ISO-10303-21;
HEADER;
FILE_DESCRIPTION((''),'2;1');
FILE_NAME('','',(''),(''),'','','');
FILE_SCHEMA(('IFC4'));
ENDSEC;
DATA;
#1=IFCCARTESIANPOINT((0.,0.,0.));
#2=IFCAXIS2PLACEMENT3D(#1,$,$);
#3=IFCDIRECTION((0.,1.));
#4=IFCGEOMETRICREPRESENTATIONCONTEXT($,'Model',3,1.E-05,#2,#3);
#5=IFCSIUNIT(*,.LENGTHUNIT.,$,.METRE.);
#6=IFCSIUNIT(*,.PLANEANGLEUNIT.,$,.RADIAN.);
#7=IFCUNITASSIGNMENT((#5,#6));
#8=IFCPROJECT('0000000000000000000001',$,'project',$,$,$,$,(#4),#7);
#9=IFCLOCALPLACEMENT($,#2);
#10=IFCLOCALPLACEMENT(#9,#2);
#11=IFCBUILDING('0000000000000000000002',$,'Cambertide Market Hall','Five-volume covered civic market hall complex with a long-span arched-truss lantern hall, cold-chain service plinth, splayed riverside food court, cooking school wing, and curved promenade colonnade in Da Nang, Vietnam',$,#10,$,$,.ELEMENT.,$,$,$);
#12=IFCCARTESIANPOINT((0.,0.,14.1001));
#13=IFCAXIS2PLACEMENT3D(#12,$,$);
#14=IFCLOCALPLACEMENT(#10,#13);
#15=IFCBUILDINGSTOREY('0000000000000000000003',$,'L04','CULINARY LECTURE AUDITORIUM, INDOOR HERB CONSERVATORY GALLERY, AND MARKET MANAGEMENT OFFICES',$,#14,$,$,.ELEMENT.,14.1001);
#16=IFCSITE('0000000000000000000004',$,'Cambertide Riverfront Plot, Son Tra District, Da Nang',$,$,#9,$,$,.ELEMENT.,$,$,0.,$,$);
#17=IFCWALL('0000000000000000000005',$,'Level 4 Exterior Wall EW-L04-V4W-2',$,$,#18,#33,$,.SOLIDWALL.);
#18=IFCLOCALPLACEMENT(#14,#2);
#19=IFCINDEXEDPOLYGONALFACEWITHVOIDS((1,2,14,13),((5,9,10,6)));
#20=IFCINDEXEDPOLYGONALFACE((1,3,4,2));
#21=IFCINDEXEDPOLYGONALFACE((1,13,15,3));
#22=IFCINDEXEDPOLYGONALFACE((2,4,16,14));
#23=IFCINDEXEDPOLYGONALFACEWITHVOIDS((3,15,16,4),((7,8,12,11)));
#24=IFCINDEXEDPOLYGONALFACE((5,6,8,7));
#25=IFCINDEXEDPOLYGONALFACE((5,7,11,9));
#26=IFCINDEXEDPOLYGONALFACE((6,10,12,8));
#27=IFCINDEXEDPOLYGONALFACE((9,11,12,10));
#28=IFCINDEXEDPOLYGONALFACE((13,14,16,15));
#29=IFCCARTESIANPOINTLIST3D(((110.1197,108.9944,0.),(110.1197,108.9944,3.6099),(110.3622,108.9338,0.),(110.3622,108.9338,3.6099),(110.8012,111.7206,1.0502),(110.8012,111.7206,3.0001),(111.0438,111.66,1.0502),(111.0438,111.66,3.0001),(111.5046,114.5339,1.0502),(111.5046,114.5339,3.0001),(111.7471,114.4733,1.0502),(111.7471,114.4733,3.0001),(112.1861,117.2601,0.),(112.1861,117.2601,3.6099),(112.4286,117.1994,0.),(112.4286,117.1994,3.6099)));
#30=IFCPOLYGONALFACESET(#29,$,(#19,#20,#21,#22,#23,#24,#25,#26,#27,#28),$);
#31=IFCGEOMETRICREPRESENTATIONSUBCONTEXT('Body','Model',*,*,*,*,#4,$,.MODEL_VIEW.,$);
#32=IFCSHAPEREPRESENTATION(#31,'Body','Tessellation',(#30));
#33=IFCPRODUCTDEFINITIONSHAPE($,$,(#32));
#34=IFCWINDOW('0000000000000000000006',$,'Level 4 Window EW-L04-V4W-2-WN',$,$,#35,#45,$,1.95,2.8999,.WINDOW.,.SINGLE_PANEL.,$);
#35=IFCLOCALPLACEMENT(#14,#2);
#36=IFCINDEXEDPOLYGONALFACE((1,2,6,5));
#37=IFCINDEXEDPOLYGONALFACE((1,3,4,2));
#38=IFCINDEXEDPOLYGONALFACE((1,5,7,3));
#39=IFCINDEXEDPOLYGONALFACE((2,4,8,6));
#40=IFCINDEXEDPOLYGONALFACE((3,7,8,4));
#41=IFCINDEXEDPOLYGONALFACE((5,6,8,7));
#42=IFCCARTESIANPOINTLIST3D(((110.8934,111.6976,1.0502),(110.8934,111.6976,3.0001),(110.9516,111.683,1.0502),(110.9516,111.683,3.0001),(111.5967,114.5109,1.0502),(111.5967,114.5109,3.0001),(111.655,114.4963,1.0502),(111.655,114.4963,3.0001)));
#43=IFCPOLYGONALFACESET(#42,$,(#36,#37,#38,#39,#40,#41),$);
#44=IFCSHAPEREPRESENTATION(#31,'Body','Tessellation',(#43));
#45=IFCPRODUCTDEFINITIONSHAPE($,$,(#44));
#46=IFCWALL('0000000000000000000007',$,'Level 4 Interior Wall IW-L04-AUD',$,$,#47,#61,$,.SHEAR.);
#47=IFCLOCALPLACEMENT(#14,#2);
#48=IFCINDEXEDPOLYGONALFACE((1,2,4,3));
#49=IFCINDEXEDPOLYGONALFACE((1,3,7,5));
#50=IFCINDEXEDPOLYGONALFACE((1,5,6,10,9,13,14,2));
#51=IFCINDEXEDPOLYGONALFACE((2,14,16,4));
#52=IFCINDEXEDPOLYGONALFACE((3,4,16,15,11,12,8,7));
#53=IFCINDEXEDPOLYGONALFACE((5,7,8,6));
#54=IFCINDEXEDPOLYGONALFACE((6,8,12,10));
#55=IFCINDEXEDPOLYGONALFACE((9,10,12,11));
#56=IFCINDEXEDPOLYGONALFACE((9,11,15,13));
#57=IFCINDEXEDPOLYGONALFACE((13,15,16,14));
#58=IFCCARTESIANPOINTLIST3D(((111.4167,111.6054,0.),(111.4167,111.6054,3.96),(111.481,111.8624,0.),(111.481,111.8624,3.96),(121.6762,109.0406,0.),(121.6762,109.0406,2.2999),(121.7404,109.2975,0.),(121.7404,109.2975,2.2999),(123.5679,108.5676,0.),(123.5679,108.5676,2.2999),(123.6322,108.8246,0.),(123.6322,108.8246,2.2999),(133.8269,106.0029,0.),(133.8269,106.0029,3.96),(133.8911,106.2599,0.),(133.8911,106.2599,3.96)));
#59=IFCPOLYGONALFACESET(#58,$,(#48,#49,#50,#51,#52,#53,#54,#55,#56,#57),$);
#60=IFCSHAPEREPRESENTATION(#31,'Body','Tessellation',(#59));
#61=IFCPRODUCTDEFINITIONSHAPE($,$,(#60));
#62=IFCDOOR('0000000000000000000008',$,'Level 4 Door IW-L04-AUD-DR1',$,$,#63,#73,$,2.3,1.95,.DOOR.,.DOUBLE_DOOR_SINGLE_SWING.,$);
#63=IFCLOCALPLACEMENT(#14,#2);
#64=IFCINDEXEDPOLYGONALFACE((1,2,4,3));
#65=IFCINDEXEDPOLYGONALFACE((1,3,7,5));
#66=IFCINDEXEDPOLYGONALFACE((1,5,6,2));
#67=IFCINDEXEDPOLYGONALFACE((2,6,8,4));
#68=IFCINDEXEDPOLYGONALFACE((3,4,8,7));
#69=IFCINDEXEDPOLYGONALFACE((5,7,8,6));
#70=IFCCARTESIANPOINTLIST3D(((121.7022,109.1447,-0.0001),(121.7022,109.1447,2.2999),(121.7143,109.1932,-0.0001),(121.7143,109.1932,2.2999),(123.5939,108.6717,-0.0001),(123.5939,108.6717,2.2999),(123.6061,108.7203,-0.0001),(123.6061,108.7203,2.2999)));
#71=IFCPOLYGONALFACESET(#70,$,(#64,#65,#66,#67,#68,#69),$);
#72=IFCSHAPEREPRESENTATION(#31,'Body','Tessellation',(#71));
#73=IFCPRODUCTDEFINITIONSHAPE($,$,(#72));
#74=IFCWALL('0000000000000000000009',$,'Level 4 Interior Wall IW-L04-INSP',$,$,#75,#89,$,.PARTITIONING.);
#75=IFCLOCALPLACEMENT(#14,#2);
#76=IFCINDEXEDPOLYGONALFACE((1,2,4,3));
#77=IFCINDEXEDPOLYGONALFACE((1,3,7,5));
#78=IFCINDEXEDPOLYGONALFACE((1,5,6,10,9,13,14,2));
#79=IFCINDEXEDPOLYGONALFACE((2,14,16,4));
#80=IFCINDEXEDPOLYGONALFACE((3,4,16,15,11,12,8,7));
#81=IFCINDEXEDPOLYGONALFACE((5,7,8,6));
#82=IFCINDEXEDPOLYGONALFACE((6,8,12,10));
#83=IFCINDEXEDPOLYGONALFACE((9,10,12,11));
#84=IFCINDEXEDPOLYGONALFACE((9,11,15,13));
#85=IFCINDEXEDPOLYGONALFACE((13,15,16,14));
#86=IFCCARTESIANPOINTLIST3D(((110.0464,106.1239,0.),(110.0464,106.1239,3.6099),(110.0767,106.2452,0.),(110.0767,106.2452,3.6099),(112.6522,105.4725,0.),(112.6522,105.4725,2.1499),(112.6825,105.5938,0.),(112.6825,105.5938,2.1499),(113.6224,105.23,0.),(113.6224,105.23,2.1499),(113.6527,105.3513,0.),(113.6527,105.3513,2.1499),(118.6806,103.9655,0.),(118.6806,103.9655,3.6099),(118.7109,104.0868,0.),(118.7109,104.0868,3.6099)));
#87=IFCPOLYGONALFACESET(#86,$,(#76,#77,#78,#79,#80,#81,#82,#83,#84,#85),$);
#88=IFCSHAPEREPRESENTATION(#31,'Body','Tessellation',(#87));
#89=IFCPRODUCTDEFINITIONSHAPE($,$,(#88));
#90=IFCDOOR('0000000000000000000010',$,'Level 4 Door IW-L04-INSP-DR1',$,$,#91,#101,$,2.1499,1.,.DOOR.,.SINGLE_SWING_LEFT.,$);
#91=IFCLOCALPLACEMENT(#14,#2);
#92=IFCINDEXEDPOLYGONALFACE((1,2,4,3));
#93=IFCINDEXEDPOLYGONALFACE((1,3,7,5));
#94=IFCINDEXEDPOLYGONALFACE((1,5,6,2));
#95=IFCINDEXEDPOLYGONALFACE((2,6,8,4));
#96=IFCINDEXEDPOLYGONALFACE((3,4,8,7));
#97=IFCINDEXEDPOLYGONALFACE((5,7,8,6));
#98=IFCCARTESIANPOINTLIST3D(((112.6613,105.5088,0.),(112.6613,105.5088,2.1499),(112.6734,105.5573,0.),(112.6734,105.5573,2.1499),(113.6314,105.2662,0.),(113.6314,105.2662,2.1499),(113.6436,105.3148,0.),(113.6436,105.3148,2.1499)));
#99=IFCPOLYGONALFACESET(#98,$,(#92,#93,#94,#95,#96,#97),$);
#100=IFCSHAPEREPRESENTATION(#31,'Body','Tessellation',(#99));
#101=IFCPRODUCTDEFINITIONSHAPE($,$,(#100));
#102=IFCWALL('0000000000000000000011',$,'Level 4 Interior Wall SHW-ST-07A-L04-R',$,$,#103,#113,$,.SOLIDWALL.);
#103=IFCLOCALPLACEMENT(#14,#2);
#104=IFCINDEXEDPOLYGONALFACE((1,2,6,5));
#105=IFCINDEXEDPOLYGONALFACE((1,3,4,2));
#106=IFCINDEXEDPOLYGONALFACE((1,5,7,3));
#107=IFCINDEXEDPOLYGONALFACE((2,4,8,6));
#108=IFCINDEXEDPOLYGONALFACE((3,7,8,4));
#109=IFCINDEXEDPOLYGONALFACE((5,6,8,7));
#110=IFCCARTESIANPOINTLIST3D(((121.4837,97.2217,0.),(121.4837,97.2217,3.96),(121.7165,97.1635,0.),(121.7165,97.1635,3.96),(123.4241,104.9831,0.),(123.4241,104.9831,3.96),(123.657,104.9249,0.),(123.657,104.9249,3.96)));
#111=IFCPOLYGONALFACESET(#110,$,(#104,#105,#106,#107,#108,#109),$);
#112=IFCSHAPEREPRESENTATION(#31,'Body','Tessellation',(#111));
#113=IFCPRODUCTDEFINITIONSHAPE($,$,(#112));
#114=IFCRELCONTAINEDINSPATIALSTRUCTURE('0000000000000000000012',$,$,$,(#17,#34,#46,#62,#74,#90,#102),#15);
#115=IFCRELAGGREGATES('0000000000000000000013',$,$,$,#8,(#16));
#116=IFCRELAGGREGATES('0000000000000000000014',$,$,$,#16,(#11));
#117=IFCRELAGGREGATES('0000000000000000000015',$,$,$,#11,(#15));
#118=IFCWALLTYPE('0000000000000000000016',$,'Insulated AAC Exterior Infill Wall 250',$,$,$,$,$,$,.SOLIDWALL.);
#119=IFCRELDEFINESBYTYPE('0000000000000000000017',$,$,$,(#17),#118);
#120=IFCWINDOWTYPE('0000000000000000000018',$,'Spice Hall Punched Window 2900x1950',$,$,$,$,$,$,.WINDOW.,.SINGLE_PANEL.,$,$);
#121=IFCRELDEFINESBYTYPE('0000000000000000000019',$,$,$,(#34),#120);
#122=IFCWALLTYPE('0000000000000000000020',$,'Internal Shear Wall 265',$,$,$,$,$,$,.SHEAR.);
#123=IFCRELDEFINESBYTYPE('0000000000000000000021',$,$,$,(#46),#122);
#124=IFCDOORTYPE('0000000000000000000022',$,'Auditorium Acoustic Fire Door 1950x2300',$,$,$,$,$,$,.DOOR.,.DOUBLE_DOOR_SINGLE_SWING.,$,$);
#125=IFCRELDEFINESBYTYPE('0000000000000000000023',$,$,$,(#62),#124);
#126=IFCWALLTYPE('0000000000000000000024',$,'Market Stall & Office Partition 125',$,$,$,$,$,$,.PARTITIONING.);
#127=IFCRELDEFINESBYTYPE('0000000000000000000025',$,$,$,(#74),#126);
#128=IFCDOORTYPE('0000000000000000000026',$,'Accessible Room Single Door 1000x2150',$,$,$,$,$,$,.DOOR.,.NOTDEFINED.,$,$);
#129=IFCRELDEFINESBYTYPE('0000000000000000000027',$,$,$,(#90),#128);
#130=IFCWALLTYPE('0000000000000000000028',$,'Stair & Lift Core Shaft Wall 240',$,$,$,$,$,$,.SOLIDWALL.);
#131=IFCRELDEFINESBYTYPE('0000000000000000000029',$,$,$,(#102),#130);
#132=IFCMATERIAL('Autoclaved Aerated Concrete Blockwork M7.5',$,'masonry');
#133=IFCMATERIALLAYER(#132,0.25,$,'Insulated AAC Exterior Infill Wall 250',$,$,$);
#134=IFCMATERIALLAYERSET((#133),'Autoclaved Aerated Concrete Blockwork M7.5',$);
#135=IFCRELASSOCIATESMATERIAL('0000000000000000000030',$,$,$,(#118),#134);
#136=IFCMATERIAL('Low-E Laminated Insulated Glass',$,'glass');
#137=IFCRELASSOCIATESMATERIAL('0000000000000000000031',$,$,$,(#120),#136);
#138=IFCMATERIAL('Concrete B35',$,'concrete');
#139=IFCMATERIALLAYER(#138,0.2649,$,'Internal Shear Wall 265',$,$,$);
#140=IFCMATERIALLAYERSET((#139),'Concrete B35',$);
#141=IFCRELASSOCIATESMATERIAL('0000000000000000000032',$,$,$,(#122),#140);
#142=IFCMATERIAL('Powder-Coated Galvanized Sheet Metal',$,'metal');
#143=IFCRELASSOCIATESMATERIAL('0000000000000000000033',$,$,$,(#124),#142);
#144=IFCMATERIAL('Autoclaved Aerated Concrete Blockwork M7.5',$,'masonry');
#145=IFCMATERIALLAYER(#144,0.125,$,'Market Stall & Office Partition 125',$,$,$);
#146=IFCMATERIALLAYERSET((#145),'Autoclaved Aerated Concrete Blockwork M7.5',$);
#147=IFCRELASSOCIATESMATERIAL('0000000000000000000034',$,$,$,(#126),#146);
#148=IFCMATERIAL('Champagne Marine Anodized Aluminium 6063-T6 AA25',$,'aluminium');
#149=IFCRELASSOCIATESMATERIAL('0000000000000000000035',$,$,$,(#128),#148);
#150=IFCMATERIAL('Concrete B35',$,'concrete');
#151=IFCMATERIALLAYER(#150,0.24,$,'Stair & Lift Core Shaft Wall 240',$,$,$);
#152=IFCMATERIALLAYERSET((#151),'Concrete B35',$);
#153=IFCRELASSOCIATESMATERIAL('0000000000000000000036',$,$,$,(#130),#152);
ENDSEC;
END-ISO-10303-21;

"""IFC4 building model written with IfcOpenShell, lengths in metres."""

from ifc_helpers import new_model, si_unit, direction, frame, frame_2d, origin, place, context, subcontext, project, spatial, rectangle, extrude, material, layer, layer_set, type_object, element, fill, save


model = new_model("IFC4")

# Units and contexts
model_context = context("Model", 3, precision=1e-05, world=origin(), true_north=direction((0.0, 1.0)))
body_context = subcontext(model_context, "Body", "Model", "MODEL_VIEW")
ifc_project = project(units=[si_unit("LENGTHUNIT", "METRE"), si_unit("PLANEANGLEUNIT", "RADIAN")], contexts=[model_context])

# Site, building, storey
site_placement = place(None, origin())
site = spatial("IfcSite", under=ifc_project, at=site_placement, Name="Cambertide Riverfront Plot, Son Tra District, Da Nang", CompositionType="ELEMENT", RefElevation=0.0)
building_placement = place(site_placement, origin())
building = spatial("IfcBuilding", under=site, at=building_placement, Name="Cambertide Market Hall", Description="Five-volume covered civic market hall complex with a long-span arched-truss lantern hall, cold-chain service plinth, splayed riverside food court, cooking school wing, and curved promenade colonnade in Da Nang, Vietnam", CompositionType="ELEMENT")
storey_placement = place(building_placement, frame((0.0, 0.0, 14.1001)))
storey = spatial("IfcBuildingStorey", under=building, at=storey_placement, Name="L04", Description="CULINARY LECTURE AUDITORIUM, INDOOR HERB CONSERVATORY GALLERY, AND MARKET MANAGEMENT OFFICES", CompositionType="ELEMENT", Elevation=14.1001)

# Wall, opening, window
ifc_material_1 = material(Name="Autoclaved Aerated Concrete Blockwork M7.5", Category="masonry")
ifc_layer_1 = layer(ifc_material_1, 0.25, Name="Insulated AAC Exterior Infill Wall 250")
ifc_layer_set_1 = layer_set([ifc_layer_1], Name="Autoclaved Aerated Concrete Blockwork M7.5")
wall_type_1 = type_object("IfcWallType", Name="Insulated AAC Exterior Infill Wall 250", PredefinedType="SOLIDWALL", material=ifc_layer_set_1)
ifc_material_2 = material(Name="Low-E Laminated Insulated Glass", Category="glass")
window_type = type_object("IfcWindowType", Name="Spice Hall Punched Window 2900x1950", PartitioningType="SINGLE_PANEL", PredefinedType="WINDOW", material=ifc_material_2)
wall_1_placement = place(storey_placement, frame((110.241, 108.9641, 0.0), z_axis=(0.0, 0.0, 1.0), x_axis=(0.242536, 0.970143, 0.0)))
wall_1 = element("IfcWall", 1, at=wall_1_placement, inside=storey, type_object=wall_type_1, Name="Level 4 Exterior Wall EW-L04-V4W-2", PredefinedType="SOLIDWALL", context=body_context, shape_type="SweptSolid", body=[
    extrude(rectangle(XDim=8.52, YDim=0.25, at=frame_2d((4.26, 0.0))), origin(), (0.0, 0.0, 1.0), 3.6099),
])
opening_1_placement = place(wall_1_placement, frame((2.8101, 0.0, 1.05)))
opening_1 = element("IfcOpeningElement", 2, at=opening_1_placement, cuts=wall_1, PredefinedType="OPENING", context=body_context, shape_type="SweptSolid", body=[
    extrude(rectangle(XDim=2.8999, YDim=1.95, at=frame_2d((1.45, 0.9751))), frame((0.0, 0.135, 0.0), z_axis=(0.0, -1.0, 0.0), x_axis=(1.0, 0.0, 0.0)), (0.0, 0.0, 1.0), 0.27),
])
window_1_placement = place(opening_1_placement, origin())
window_1 = element("IfcWindow", 3, at=window_1_placement, inside=storey, type_object=window_type, Name="Level 4 Window EW-L04-V4W-2-WN", OverallHeight=1.95, OverallWidth=2.8999, PartitioningType="SINGLE_PANEL", PredefinedType="WINDOW", context=body_context, shape_type="SweptSolid", body=[
    extrude(rectangle(XDim=2.8999, YDim=1.95, at=frame_2d((1.45, 0.9751))), frame((0.0, 0.03, 0.0), z_axis=(0.0, -1.0, 0.0), x_axis=(1.0, 0.0, 0.0)), (0.0, 0.0, 1.0), 0.0601),
])
fill(opening_1, window_1)

# Walls, openings, doors
ifc_material_3 = material(Name="Concrete B35", Category="concrete")
ifc_layer_2 = layer(ifc_material_3, 0.2649, Name="Internal Shear Wall 265")
ifc_layer_set_2 = layer_set([ifc_layer_2], Name="Concrete B35")
wall_type_2 = type_object("IfcWallType", Name="Internal Shear Wall 265", PredefinedType="SHEAR", material=ifc_layer_set_2)
wall_2_placement = place(storey_placement, frame((111.449, 111.7339, 0.0), z_axis=(0.0, 0.0, 1.0), x_axis=(0.970143, -0.242536, 0.0)))
wall_2 = element("IfcWall", 4, at=wall_2_placement, inside=storey, type_object=wall_type_2, Name="Level 4 Interior Wall IW-L04-AUD", PredefinedType="SHEAR", context=body_context, shape_type="SweptSolid", body=[
    extrude(rectangle(XDim=23.0999, YDim=0.2649, at=frame_2d((11.5498, 0.0))), origin(), (0.0, 0.0, 1.0), 3.96),
])
opening_2_placement = place(wall_2_placement, frame((10.575, 0.0, 0.0)))
opening_2 = element("IfcOpeningElement", 5, at=opening_2_placement, cuts=wall_2, PredefinedType="OPENING", context=body_context, shape_type="SweptSolid", body=[
    extrude(rectangle(XDim=1.95, YDim=2.3, at=frame_2d((0.9751, 1.1499))), frame((0.0, 0.1423, 0.0), z_axis=(0.0, -1.0, 0.0), x_axis=(1.0, 0.0, 0.0)), (0.0, 0.0, 1.0), 0.2849),
])
ifc_material_4 = material(Name="Powder-Coated Galvanized Sheet Metal", Category="metal")
door_type_1 = type_object("IfcDoorType", Name="Auditorium Acoustic Fire Door 1950x2300", OperationType="DOUBLE_DOOR_SINGLE_SWING", PredefinedType="DOOR", material=ifc_material_4)
door_1_placement = place(opening_2_placement, origin())
door_1 = element("IfcDoor", 6, at=door_1_placement, inside=storey, type_object=door_type_1, Name="Level 4 Door IW-L04-AUD-DR1", OperationType="DOUBLE_DOOR_SINGLE_SWING", OverallHeight=2.3, OverallWidth=1.95, PredefinedType="DOOR", context=body_context, shape_type="SweptSolid", body=[
    extrude(rectangle(XDim=1.95, YDim=2.3, at=frame_2d((0.9751, 1.1499))), frame((0.0, 0.0249, 0.0), z_axis=(0.0, -1.0, 0.0), x_axis=(1.0, 0.0, 0.0)), (0.0, 0.0, 1.0), 0.05),
])
fill(opening_2, door_1)
ifc_material_5 = material(Name="Autoclaved Aerated Concrete Blockwork M7.5", Category="masonry")
ifc_layer_3 = layer(ifc_material_5, 0.125, Name="Market Stall & Office Partition 125")
ifc_layer_set_3 = layer_set([ifc_layer_3], Name="Autoclaved Aerated Concrete Blockwork M7.5")
wall_type_3 = type_object("IfcWallType", Name="Market Stall & Office Partition 125", PredefinedType="PARTITIONING", material=ifc_layer_set_3)
wall_3_placement = place(storey_placement, frame((110.0615, 106.1846, 0.0), z_axis=(0.0, 0.0, 1.0), x_axis=(0.970146, -0.242523, 0.0)))
wall_3 = element("IfcWall", 7, at=wall_3_placement, inside=storey, type_object=wall_type_3, Name="Level 4 Interior Wall IW-L04-INSP", PredefinedType="PARTITIONING", context=body_context, shape_type="SweptSolid", body=[
    extrude(rectangle(XDim=8.8999, YDim=0.125, at=frame_2d((4.45, 0.0))), origin(), (0.0, 0.0, 1.0), 3.6099),
])
opening_3_placement = place(wall_3_placement, frame((2.686, 0.0, 0.0)))
opening_3 = element("IfcOpeningElement", 8, at=opening_3_placement, cuts=wall_3, PredefinedType="OPENING", context=body_context, shape_type="SweptSolid", body=[
    extrude(rectangle(XDim=1.0, YDim=2.1499, at=frame_2d((0.5, 1.075))), frame((0.0, 0.0725, 0.0), z_axis=(0.0, -1.0, 0.0), x_axis=(1.0, 0.0, 0.0)), (0.0, 0.0, 1.0), 0.145),
])
ifc_material_6 = material(Name="Champagne Marine Anodized Aluminium 6063-T6 AA25", Category="aluminium")
door_type_2 = type_object("IfcDoorType", Name="Accessible Room Single Door 1000x2150", OperationType="NOTDEFINED", PredefinedType="DOOR", material=ifc_material_6)
door_2_placement = place(opening_3_placement, origin())
door_2 = element("IfcDoor", 9, at=door_2_placement, inside=storey, type_object=door_type_2, Name="Level 4 Door IW-L04-INSP-DR1", OperationType="SINGLE_SWING_LEFT", OverallHeight=2.1499, OverallWidth=1.0, PredefinedType="DOOR", context=body_context, shape_type="SweptSolid", body=[
    extrude(rectangle(XDim=1.0, YDim=2.1499, at=frame_2d((0.5, 1.075))), frame((0.0, 0.0249, 0.0), z_axis=(0.0, -1.0, 0.0), x_axis=(1.0, 0.0, 0.0)), (0.0, 0.0, 1.0), 0.05),
])
fill(opening_3, door_2)
ifc_material_7 = material(Name="Concrete B35", Category="concrete")
ifc_layer_4 = layer(ifc_material_7, 0.24, Name="Stair & Lift Core Shaft Wall 240")
ifc_layer_set_4 = layer_set([ifc_layer_4], Name="Concrete B35")
wall_type_4 = type_object("IfcWallType", Name="Stair & Lift Core Shaft Wall 240", PredefinedType="SOLIDWALL", material=ifc_layer_set_4)

# Wall
wall_4_placement = place(storey_placement, frame((123.5405, 104.9539, 0.0), z_axis=(0.0, 0.0, 1.0), x_axis=(-0.24255, -0.970139, 0.0)))
element("IfcWall", 10, at=wall_4_placement, inside=storey, type_object=wall_type_4, Name="Level 4 Interior Wall SHW-ST-07A-L04-R", PredefinedType="SOLIDWALL", context=body_context, shape_type="SweptSolid", body=[
    extrude(rectangle(XDim=8.0002, YDim=0.24, at=frame_2d((4.0, 0.0))), origin(), (0.0, 0.0, 1.0), 3.96),
])

save(model, "model.ifc")
